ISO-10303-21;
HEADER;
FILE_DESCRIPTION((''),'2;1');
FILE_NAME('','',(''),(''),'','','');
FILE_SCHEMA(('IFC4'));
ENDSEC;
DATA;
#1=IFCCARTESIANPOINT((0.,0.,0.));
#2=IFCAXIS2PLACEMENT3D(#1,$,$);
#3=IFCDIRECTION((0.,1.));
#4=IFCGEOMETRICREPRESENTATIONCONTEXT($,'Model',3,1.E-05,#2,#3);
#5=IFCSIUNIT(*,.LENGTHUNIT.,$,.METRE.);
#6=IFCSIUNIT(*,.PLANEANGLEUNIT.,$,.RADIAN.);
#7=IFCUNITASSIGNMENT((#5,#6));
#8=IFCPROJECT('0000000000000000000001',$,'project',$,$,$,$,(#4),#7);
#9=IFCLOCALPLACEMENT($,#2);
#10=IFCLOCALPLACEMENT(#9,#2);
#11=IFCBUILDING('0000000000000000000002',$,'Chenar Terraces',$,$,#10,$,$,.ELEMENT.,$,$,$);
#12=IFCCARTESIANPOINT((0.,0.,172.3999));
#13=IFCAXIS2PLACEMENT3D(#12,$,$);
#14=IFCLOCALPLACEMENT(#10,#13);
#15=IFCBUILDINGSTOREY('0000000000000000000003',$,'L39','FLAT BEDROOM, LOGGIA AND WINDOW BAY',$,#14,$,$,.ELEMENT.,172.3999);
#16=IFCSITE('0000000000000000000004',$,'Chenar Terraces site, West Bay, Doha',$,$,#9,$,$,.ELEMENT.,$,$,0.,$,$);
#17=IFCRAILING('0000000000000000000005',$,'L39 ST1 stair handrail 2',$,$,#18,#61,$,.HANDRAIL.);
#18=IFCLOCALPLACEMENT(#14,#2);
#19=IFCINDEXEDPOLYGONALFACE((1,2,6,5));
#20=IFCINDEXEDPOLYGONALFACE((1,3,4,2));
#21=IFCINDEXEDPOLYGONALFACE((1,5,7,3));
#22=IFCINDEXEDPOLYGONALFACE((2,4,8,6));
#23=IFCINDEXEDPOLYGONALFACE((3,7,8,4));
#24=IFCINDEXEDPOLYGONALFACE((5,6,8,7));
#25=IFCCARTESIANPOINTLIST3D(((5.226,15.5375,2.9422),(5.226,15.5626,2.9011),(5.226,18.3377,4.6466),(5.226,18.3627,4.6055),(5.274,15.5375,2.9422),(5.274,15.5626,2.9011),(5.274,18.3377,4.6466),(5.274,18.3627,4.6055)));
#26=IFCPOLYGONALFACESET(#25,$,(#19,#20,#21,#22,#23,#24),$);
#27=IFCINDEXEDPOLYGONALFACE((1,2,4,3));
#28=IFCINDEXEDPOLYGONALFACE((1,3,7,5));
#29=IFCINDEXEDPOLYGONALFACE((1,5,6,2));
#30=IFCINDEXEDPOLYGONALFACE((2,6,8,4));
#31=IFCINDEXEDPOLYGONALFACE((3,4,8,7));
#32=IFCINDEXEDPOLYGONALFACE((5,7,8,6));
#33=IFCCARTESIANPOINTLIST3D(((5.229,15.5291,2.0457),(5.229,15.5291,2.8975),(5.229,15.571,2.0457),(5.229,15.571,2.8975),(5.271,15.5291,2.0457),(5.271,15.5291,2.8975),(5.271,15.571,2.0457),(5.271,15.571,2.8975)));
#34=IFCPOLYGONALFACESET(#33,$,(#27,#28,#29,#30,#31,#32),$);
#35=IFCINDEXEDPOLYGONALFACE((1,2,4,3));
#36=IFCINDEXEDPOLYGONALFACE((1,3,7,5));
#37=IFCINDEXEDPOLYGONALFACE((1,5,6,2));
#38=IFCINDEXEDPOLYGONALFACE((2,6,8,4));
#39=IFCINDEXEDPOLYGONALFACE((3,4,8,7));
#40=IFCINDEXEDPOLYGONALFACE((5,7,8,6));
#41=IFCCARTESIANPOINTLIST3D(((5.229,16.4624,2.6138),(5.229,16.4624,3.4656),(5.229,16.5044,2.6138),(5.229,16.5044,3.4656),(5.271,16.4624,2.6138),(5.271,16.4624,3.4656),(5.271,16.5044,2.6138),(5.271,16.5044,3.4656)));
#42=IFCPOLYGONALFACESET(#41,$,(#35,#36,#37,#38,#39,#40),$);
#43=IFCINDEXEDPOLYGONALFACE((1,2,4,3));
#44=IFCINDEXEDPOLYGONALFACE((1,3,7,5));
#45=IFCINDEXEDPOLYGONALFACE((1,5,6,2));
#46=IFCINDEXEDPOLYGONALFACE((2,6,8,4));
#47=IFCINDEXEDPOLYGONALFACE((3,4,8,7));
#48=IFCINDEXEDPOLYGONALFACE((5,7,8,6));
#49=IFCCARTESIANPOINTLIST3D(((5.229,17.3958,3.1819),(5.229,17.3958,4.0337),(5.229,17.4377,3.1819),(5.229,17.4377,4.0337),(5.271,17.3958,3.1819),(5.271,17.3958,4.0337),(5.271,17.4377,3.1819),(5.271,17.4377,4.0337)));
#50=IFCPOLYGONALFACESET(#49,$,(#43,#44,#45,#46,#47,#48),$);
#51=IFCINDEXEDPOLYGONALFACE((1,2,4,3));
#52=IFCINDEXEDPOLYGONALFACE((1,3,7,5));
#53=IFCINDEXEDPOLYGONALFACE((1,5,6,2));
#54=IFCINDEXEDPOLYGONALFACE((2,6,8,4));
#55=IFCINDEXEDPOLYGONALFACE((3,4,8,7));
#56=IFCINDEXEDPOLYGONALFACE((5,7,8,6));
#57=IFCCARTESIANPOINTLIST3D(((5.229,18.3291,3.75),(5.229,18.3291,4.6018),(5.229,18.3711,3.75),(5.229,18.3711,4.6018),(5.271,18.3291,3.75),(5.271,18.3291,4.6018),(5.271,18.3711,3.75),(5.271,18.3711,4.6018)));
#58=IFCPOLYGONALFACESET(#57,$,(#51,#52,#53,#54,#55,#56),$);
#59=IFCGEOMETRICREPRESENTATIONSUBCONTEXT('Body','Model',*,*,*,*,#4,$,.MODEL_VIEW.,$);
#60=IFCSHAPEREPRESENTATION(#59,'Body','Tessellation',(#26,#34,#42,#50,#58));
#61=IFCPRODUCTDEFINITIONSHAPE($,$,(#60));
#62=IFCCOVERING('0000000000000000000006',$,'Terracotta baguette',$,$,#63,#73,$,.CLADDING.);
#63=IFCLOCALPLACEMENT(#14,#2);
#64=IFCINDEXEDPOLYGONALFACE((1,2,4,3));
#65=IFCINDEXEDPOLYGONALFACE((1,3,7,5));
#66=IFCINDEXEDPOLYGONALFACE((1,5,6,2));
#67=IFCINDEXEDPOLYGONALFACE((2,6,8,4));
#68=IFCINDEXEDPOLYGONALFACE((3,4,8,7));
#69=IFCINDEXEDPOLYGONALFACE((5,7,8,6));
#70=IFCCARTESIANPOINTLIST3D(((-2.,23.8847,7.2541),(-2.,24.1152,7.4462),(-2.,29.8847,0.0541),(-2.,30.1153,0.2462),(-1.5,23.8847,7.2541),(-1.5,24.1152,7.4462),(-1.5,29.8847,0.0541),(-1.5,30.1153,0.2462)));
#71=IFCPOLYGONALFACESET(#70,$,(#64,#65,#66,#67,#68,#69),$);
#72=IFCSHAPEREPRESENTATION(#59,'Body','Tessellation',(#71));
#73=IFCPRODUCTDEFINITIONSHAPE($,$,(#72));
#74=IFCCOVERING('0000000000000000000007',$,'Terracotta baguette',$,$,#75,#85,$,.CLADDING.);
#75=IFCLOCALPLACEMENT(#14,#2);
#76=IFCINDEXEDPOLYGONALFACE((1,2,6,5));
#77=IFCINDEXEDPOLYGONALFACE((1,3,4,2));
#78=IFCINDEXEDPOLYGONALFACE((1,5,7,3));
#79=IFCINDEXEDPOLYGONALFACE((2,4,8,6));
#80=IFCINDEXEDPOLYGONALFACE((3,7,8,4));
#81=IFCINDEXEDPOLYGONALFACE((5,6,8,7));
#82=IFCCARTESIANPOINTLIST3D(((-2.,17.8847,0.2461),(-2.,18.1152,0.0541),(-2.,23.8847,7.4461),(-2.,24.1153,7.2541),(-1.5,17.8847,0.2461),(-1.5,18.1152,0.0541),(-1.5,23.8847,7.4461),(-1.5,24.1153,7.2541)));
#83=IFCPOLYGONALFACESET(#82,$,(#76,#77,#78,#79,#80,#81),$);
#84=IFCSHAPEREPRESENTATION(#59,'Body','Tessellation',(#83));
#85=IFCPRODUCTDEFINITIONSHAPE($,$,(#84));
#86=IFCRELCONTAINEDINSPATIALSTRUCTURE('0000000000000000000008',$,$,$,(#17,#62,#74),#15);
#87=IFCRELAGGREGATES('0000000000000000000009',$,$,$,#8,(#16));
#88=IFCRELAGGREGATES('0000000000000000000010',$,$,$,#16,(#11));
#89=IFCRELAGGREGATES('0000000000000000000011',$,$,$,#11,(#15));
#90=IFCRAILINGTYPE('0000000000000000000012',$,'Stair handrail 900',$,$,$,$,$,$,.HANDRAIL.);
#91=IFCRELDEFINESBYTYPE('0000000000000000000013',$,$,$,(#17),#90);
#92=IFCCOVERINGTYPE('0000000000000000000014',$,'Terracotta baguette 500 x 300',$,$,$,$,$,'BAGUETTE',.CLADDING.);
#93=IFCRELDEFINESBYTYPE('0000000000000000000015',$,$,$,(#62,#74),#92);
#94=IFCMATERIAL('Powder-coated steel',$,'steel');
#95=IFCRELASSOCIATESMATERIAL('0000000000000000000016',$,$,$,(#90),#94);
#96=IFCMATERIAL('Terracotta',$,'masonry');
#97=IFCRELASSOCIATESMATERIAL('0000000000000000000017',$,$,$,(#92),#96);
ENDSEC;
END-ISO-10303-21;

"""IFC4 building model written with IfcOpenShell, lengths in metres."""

from ifc_helpers import new_model, si_unit, direction, frame, origin, origin_2d, place, context, subcontext, project, spatial, rectangle, extrude, material, material_profile, profile_set, type_object, element, save


model = new_model("IFC4")

# Units and contexts
model_context = context("Model", 3, precision=1e-05, world=origin(), true_north=direction((0.0, 1.0)))
body_context = subcontext(model_context, "Body", "Model", "MODEL_VIEW")
ifc_project = project(units=[si_unit("LENGTHUNIT", "METRE"), si_unit("PLANEANGLEUNIT", "RADIAN")], contexts=[model_context])

# Site, building, storey
site_placement = place(None, origin())
site = spatial("IfcSite", under=ifc_project, at=site_placement, Name="Chenar Terraces site, West Bay, Doha", CompositionType="ELEMENT", RefElevation=0.0)
building_placement = place(site_placement, origin())
building = spatial("IfcBuilding", under=site, at=building_placement, Name="Chenar Terraces", CompositionType="ELEMENT")
storey_placement = place(building_placement, frame((0.0, 0.0, 172.3999)))
storey = spatial("IfcBuildingStorey", under=building, at=storey_placement, Name="L39", Description="FLAT BEDROOM, LOGGIA AND WINDOW BAY", CompositionType="ELEMENT", Elevation=172.3999)

# Railing
ifc_material_1 = material(Name="Powder-coated steel", Category="steel")
railing_type_1 = type_object("IfcRailingType", Name="Stair handrail 900", PredefinedType="HANDRAIL", material=ifc_material_1)
railing_1_placement = place(storey_placement, frame((5.25, 15.55, 2.0457)))
element("IfcRailing", 1, at=railing_1_placement, inside=storey, type_object=railing_type_1, Name="L39 ST1 stair handrail 2", PredefinedType="HANDRAIL", context=body_context, shape_type="SweptSolid", body=[
    extrude(rectangle(XDim=0.0481, YDim=0.0481, at=origin_2d()), frame((0.0, 0.0, 0.876), z_axis=(0.0, 0.854203, 0.51994), x_axis=(-1.0, 0.0, 0.0)), (0.0, 0.0, 1.0), 3.2781),
    extrude(rectangle(XDim=0.042, YDim=0.042, at=origin_2d()), origin(), (0.0, 0.0, 1.0), 0.8518),
    extrude(rectangle(XDim=0.042, YDim=0.042, at=origin_2d()), frame((0.0, 0.9333, 0.5681)), (0.0, 0.0, 1.0), 0.8518),
    extrude(rectangle(XDim=0.042, YDim=0.042, at=origin_2d()), frame((0.0, 1.8667, 1.1362)), (0.0, 0.0, 1.0), 0.8518),
    extrude(rectangle(XDim=0.042, YDim=0.042, at=origin_2d()), frame((0.0, 2.8, 1.7043)), (0.0, 0.0, 1.0), 0.8518),
])

# Coverings
ifc_material_2 = material(Name="Terracotta", Category="masonry")
ifc_material_profile_1 = material_profile(ifc_material_2, rectangle(XDim=0.5, YDim=0.3, at=origin_2d()), Name="Terracotta baguette 500 x 300")
ifc_profile_set_1 = profile_set([ifc_material_profile_1], Name="Terracotta")
covering_type = type_object("IfcCoveringType", Name="Terracotta baguette 500 x 300", ElementType="BAGUETTE", PredefinedType="CLADDING", material=ifc_profile_set_1)
for number, where, z_axis, x_axis, name in (
    (2, (-1.75, 30.0, 0.1501), (0.0, -0.640187, 0.768219), (1.0, 0.0, 0.0), "Terracotta baguette"),
    (3, (-1.75, 24.0, 7.3501), (0.0, -0.640187, -0.768219), (1.0, 0.0, 0.0), "Terracotta baguette"),
):
    element("IfcCovering", number, at=place(storey_placement, frame(where, z_axis=z_axis, x_axis=x_axis)), inside=storey, type_object=covering_type, Name=name, PredefinedType="CLADDING", context=body_context, shape_type="SweptSolid", body=[
        extrude(rectangle(XDim=0.5, YDim=0.3, at=origin_2d()), origin(), (0.0, 0.0, 1.0), 9.3723),
    ])

save(model, "model.ifc")
